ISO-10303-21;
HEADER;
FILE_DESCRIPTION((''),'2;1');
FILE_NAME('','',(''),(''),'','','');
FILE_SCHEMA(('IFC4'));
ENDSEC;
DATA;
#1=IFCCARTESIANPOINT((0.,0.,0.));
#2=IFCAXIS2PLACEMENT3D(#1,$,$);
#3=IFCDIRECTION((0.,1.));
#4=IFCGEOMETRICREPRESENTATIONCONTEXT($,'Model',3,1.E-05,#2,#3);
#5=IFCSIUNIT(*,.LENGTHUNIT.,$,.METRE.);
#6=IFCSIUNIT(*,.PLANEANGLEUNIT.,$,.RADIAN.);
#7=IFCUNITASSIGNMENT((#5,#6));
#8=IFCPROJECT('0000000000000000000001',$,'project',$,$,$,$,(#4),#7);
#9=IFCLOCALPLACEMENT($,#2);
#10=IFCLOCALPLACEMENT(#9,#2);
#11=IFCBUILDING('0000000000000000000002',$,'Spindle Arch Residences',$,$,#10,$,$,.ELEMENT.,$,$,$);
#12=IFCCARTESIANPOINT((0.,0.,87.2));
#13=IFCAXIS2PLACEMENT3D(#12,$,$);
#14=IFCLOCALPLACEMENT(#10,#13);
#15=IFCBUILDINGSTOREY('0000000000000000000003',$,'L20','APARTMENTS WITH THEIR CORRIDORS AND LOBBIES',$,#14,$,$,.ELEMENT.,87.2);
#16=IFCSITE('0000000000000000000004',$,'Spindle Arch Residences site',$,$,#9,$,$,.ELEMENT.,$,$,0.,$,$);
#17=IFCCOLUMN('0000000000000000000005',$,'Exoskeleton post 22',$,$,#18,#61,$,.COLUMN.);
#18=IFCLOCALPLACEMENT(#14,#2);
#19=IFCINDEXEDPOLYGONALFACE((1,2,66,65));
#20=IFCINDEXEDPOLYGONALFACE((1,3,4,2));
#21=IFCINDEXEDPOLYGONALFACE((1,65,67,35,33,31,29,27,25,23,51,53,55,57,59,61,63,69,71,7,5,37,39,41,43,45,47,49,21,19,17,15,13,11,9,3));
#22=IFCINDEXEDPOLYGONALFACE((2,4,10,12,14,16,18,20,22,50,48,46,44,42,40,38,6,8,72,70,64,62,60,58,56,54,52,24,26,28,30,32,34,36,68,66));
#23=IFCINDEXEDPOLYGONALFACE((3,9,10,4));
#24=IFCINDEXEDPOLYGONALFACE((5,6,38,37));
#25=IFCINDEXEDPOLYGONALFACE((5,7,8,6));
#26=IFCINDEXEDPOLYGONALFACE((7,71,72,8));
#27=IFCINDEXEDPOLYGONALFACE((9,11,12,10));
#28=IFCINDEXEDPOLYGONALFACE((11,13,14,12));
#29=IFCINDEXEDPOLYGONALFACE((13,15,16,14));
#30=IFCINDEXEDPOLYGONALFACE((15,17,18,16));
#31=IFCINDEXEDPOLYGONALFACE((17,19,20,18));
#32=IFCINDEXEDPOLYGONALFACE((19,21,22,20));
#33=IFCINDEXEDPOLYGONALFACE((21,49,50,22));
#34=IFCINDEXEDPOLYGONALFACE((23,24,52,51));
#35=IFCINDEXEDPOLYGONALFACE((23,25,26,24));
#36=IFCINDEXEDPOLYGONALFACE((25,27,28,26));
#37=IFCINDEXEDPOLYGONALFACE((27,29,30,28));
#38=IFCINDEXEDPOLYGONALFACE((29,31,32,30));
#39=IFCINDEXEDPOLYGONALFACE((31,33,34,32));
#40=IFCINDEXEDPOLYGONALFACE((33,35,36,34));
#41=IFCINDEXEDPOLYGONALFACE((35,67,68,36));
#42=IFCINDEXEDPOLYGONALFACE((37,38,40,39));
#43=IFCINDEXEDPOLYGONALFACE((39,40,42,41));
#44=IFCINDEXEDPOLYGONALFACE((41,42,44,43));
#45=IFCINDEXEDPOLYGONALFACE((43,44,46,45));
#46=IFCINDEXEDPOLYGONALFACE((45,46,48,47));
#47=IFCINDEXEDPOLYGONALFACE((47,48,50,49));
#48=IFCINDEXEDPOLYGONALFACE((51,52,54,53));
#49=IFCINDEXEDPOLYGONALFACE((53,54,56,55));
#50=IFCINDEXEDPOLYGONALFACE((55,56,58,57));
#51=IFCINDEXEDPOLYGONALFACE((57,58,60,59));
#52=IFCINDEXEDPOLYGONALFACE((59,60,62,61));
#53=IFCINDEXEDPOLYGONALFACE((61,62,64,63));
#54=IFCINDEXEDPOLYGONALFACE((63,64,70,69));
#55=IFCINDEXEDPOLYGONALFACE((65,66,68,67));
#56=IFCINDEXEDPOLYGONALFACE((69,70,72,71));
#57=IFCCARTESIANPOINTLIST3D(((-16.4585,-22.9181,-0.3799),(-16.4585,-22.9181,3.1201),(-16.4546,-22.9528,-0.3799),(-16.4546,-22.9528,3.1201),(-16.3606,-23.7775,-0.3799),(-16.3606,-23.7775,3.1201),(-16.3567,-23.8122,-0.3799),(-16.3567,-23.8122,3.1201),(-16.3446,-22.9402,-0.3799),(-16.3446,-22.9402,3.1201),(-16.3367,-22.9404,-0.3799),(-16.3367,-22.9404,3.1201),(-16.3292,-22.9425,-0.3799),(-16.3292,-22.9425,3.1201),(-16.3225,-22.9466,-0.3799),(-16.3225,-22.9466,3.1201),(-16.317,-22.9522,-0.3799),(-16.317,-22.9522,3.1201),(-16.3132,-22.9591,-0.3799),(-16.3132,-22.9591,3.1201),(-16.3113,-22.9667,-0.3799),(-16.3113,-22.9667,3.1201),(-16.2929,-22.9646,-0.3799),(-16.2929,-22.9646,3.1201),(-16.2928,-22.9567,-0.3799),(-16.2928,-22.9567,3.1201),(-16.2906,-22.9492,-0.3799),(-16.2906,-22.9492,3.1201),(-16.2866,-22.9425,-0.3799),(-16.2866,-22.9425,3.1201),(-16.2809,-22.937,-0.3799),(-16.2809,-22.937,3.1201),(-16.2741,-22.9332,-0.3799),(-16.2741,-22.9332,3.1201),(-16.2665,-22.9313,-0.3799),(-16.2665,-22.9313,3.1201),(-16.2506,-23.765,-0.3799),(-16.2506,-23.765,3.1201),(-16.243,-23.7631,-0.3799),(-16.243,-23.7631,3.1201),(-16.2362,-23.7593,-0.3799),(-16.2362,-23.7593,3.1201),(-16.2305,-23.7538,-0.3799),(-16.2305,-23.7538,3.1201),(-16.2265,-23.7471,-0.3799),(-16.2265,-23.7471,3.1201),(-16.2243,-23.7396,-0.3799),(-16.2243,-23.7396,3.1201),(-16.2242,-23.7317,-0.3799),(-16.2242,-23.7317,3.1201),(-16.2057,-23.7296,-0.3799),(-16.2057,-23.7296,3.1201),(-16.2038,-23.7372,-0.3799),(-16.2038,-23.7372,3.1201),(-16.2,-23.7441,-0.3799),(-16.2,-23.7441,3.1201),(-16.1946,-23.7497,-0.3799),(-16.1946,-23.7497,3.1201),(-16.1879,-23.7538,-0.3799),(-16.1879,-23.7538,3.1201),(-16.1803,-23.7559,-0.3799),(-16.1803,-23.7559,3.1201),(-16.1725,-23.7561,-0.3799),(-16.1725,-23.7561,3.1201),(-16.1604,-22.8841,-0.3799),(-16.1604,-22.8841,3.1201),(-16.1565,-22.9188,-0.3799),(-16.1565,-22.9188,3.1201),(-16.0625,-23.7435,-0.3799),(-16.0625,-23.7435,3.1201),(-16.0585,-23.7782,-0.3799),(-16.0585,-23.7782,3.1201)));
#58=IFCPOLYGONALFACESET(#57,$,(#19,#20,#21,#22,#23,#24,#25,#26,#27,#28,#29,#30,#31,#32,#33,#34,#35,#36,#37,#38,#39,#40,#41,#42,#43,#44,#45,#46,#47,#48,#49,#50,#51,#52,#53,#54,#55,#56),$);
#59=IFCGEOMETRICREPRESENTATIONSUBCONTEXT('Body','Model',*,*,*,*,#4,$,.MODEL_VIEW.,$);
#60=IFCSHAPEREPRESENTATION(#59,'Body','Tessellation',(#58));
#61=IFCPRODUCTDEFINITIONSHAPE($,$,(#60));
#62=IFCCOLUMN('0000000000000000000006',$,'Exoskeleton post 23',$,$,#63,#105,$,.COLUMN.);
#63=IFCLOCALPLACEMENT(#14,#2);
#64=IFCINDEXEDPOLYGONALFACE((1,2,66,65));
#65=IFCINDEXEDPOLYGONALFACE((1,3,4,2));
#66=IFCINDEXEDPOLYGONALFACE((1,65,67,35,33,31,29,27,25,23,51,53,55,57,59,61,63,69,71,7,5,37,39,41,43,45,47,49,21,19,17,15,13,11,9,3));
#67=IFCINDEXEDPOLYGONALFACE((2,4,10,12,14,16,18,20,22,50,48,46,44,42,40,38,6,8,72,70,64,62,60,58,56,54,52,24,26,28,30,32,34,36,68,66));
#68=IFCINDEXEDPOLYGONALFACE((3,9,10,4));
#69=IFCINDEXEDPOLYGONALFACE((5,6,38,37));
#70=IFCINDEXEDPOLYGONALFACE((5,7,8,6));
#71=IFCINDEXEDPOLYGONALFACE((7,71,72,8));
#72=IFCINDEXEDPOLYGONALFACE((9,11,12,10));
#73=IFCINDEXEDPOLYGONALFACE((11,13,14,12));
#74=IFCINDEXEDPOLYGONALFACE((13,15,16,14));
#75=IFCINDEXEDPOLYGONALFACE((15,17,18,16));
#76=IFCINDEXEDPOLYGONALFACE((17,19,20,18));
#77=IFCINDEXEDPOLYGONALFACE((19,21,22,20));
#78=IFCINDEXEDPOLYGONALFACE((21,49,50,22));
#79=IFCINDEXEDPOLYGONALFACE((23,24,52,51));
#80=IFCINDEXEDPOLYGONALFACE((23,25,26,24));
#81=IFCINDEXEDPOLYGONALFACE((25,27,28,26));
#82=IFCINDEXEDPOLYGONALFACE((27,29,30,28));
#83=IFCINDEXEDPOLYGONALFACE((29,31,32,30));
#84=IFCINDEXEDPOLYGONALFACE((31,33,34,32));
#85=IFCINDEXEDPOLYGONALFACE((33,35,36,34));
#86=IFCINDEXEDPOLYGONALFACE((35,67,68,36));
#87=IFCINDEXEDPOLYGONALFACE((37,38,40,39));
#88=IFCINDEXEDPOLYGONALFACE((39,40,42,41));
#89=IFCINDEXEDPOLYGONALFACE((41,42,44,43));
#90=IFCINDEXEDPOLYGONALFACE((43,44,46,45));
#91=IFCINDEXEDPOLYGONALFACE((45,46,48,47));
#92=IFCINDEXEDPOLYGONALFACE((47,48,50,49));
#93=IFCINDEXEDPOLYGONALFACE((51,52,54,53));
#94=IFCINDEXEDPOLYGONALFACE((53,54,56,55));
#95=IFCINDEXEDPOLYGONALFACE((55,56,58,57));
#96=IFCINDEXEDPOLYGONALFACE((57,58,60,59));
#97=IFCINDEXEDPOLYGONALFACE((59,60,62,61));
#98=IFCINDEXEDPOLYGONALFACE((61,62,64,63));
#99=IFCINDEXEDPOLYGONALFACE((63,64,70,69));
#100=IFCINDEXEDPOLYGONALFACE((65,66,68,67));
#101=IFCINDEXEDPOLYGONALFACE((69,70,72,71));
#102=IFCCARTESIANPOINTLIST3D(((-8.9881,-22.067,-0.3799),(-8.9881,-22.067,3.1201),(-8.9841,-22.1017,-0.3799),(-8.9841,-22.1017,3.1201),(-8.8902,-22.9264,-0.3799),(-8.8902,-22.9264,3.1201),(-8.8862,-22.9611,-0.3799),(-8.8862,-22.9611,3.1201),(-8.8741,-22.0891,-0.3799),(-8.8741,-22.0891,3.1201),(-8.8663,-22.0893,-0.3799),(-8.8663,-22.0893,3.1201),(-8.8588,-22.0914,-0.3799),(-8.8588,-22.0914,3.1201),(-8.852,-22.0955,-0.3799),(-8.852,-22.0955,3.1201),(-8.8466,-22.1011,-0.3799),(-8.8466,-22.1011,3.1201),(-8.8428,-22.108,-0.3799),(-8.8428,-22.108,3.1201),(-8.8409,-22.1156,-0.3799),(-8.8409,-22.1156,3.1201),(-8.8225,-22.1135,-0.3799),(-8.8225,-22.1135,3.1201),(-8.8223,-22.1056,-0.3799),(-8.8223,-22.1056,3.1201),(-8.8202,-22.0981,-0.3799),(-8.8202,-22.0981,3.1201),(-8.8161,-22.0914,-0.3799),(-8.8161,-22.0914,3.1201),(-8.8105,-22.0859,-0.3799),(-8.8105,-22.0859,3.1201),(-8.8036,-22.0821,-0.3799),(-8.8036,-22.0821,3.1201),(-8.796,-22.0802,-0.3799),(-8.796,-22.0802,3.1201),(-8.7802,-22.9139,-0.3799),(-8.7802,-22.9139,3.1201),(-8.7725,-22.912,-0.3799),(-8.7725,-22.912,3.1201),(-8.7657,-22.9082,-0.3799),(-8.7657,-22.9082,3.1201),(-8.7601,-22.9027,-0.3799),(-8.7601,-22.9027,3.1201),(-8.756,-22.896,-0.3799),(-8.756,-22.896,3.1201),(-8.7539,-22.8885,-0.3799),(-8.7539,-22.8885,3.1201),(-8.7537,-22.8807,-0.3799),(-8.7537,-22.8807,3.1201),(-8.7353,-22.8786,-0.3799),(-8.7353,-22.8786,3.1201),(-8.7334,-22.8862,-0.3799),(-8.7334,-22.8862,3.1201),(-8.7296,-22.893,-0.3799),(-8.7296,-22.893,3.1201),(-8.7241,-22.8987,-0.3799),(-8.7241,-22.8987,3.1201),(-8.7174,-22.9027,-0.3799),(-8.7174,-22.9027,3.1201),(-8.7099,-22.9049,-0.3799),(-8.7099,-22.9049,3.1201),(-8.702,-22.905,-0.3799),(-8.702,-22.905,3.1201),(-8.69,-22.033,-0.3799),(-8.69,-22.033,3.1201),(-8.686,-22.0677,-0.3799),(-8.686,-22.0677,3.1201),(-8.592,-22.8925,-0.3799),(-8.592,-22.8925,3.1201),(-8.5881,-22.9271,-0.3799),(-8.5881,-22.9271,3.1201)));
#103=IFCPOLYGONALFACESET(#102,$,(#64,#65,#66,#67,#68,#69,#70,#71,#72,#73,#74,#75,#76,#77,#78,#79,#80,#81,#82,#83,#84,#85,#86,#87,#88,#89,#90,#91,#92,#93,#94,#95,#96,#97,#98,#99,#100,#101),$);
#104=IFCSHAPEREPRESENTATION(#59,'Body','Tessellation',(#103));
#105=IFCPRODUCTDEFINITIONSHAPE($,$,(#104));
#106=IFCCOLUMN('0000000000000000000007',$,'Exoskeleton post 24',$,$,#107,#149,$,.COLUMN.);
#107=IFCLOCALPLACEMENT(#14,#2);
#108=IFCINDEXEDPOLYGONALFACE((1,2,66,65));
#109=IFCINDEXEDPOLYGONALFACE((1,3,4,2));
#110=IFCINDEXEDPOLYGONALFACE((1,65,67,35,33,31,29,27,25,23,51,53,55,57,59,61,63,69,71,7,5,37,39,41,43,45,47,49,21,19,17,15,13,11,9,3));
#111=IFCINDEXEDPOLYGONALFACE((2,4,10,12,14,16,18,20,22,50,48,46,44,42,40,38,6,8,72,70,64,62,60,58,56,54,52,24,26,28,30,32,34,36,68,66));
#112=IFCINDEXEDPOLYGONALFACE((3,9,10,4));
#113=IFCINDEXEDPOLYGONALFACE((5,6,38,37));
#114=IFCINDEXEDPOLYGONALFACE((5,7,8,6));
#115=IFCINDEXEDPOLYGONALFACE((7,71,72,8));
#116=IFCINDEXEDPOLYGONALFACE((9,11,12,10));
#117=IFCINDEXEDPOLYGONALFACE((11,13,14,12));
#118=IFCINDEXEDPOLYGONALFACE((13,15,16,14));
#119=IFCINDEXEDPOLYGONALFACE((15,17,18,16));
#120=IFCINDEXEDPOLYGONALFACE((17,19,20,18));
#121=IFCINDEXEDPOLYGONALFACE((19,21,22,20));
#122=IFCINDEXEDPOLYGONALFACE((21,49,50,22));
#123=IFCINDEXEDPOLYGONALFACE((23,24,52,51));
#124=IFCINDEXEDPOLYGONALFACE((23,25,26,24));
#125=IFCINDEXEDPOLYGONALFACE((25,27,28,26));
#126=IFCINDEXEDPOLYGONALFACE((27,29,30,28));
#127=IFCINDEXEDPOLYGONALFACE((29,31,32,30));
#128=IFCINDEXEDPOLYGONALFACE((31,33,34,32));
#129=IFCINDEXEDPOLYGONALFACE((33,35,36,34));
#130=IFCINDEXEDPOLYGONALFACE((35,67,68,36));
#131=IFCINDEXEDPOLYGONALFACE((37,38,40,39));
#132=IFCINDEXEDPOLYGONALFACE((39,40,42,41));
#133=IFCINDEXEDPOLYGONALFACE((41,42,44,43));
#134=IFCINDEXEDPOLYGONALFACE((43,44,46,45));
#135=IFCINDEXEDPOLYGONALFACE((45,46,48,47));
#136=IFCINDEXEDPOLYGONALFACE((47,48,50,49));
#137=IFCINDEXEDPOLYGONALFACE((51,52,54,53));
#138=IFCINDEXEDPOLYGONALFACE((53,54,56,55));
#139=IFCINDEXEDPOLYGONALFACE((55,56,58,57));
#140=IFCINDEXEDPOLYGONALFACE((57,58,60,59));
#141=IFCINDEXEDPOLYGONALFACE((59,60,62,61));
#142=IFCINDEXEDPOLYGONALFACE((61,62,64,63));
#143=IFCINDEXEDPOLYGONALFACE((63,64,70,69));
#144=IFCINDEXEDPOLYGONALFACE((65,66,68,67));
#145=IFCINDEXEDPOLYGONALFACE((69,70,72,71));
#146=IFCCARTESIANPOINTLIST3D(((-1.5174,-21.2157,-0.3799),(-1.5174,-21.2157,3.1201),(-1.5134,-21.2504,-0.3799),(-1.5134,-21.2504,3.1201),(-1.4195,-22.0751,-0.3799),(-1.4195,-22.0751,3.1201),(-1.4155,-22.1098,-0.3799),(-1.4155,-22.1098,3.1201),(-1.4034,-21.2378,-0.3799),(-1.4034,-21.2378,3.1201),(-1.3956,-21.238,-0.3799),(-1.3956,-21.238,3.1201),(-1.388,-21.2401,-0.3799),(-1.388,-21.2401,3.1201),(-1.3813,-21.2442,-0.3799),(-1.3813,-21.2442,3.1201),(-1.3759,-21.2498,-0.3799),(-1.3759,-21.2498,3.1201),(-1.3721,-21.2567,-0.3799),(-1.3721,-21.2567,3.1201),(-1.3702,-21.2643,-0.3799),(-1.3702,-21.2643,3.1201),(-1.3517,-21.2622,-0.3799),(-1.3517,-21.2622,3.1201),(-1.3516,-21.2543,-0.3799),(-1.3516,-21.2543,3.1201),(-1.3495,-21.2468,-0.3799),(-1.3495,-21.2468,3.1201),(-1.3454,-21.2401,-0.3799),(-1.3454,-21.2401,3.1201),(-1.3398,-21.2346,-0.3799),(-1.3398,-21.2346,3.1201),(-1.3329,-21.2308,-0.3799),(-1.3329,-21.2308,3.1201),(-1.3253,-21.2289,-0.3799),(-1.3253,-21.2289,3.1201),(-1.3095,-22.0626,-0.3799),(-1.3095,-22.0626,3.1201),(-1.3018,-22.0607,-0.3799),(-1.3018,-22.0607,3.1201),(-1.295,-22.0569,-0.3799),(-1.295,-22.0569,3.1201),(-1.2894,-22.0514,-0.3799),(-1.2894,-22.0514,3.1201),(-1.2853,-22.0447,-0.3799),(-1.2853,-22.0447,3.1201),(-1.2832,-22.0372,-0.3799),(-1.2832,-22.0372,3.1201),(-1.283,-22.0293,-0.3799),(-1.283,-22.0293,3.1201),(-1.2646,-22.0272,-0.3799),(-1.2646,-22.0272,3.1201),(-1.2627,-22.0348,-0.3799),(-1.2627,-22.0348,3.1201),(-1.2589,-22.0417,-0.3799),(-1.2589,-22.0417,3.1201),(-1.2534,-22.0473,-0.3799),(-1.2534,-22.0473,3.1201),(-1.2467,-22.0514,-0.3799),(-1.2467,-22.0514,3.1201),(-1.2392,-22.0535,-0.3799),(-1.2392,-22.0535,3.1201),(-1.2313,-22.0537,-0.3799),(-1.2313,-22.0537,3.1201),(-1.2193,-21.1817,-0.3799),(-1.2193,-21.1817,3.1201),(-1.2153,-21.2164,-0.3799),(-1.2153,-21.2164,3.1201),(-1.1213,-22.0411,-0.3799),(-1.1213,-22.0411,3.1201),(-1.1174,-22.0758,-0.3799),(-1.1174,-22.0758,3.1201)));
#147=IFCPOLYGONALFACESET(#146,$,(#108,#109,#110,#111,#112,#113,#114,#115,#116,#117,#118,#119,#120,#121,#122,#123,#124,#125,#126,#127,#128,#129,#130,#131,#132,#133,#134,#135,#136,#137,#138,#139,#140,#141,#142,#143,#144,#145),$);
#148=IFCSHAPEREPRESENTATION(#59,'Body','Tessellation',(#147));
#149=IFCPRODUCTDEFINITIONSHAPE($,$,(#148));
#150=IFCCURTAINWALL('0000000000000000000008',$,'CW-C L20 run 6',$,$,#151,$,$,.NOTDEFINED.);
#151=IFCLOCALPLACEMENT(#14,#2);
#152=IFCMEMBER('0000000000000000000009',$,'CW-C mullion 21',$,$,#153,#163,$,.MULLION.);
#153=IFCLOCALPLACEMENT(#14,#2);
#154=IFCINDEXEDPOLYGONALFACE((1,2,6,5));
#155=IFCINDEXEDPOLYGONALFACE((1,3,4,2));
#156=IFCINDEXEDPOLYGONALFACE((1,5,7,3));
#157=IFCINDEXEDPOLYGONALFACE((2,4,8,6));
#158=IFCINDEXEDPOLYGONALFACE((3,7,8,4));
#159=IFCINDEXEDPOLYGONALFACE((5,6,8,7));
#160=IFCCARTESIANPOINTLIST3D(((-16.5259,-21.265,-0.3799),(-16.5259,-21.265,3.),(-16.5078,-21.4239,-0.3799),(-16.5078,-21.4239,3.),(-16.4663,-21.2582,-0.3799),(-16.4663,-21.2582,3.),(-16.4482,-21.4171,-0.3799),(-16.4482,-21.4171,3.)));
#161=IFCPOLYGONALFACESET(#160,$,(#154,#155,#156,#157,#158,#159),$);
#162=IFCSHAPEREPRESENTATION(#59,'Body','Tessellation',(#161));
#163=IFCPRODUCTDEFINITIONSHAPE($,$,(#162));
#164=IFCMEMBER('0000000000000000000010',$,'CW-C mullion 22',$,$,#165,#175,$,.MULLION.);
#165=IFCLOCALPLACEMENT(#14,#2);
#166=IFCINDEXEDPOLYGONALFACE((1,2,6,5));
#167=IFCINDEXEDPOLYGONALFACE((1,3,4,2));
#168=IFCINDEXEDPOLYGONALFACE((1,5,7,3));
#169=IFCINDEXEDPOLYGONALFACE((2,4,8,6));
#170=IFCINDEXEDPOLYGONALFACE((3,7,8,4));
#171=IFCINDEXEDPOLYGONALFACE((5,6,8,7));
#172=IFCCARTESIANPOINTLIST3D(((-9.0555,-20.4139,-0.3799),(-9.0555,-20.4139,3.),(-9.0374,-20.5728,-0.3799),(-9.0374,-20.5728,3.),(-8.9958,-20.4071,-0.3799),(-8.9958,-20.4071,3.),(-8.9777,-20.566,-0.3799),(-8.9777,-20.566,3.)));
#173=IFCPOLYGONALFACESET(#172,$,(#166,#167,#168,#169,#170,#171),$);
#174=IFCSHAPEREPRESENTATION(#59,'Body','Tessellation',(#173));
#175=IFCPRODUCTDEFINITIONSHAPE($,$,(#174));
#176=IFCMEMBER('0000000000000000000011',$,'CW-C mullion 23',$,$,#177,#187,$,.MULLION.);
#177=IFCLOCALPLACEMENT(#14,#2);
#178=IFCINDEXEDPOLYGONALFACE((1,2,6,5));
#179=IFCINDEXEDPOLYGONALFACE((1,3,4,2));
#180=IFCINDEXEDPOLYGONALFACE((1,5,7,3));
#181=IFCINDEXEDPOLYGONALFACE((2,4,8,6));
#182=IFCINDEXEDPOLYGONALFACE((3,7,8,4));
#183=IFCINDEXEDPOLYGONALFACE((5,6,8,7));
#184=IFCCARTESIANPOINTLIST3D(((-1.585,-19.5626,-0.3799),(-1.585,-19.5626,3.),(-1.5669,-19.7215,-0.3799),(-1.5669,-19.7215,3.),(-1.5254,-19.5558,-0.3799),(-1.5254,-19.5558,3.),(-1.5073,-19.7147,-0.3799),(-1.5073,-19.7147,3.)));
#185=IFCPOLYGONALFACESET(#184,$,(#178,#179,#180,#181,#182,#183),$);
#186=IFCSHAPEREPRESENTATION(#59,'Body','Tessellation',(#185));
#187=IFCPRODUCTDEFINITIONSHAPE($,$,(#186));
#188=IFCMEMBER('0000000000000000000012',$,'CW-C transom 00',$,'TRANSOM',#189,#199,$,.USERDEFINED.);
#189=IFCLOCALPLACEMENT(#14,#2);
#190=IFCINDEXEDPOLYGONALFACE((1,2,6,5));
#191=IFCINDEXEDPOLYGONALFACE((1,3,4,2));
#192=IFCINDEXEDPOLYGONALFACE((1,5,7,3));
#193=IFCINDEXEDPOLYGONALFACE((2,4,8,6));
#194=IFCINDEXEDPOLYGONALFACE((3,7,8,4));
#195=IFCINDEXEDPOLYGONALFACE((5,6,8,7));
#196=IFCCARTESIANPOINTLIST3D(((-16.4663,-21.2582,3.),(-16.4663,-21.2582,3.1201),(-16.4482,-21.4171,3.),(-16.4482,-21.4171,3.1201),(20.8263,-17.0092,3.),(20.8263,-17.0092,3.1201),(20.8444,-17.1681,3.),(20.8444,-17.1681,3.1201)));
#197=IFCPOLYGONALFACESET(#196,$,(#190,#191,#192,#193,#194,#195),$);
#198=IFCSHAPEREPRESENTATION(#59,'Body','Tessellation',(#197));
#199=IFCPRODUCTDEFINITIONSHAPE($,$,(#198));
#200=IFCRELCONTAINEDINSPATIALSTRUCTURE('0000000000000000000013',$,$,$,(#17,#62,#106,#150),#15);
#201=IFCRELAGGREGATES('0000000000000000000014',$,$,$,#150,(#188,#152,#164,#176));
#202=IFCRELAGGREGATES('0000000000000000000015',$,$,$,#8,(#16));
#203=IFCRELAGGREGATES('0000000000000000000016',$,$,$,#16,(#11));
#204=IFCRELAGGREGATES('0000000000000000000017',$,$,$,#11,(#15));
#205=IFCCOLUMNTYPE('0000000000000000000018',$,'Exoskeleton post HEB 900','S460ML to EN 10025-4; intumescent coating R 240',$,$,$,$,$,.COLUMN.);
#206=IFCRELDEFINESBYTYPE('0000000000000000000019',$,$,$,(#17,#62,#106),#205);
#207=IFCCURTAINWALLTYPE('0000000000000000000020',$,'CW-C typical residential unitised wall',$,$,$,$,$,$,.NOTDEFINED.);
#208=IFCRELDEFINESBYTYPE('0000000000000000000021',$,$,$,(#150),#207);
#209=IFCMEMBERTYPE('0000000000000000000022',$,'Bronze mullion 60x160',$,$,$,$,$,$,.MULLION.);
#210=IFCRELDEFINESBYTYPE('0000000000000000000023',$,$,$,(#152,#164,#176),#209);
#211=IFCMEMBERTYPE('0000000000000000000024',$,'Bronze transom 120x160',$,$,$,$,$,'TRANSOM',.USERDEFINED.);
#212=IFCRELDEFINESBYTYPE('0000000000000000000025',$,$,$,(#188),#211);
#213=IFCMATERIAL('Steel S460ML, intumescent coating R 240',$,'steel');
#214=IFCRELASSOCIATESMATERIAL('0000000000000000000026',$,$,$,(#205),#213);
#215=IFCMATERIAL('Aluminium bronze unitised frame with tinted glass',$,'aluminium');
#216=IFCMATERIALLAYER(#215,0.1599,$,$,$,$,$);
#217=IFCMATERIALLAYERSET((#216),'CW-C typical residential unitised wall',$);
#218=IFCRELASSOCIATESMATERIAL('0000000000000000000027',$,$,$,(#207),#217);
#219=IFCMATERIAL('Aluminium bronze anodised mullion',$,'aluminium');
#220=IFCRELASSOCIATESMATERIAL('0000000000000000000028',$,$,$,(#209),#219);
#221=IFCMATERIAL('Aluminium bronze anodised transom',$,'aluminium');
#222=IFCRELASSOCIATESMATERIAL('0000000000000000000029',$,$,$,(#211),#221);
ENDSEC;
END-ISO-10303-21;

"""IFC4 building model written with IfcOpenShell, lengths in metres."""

from ifc_helpers import new_model, si_unit, direction, frame, origin, origin_2d, place, context, subcontext, project, spatial, rectangle, i_section, extrude, material, layer, layer_set, material_profile, profile_set, type_object, element, aggregate, save


model = new_model("IFC4")

# Units and contexts
model_context = context("Model", 3, precision=1e-05, world=origin(), true_north=direction((0.0, 1.0)))
body_context = subcontext(model_context, "Body", "Model", "MODEL_VIEW")
ifc_project = project(units=[si_unit("LENGTHUNIT", "METRE"), si_unit("PLANEANGLEUNIT", "RADIAN")], contexts=[model_context])

# Site, building, storey
site_placement = place(None, origin())
site = spatial("IfcSite", under=ifc_project, at=site_placement, Name="Spindle Arch Residences site", CompositionType="ELEMENT", RefElevation=0.0)
building_placement = place(site_placement, origin())
building = spatial("IfcBuilding", under=site, at=building_placement, Name="Spindle Arch Residences", CompositionType="ELEMENT")
storey_placement = place(building_placement, frame((0.0, 0.0, 87.2)))
storey = spatial("IfcBuildingStorey", under=building, at=storey_placement, Name="L20", Description="APARTMENTS WITH THEIR CORRIDORS AND LOBBIES", CompositionType="ELEMENT", Elevation=87.2)

# Columns
ifc_material_1 = material(Name="Steel S460ML, intumescent coating R 240", Category="steel")
ifc_material_profile_1 = material_profile(ifc_material_1, i_section(OverallWidth=0.3, OverallDepth=0.8999, WebThickness=0.0186, FlangeThickness=0.0349, FilletRadius=0.03, at=origin_2d()), Name="HEB 900")
ifc_profile_set_1 = profile_set([ifc_material_profile_1], Name="Steel S460ML, intumescent coating R 240")
column_type = type_object("IfcColumnType", Name="Exoskeleton post HEB 900", Description="S460ML to EN 10025-4; intumescent coating R 240", PredefinedType="COLUMN", material=ifc_profile_set_1)
for number, where, z_axis, x_axis, name in (
    (1, (-16.2585, -23.3481, -0.3799), (0.0, 0.0, 1.0), (-0.993572, -0.113203, 0.0), "Exoskeleton post 22"),
    (2, (-8.7881, -22.4971, -0.3799), (0.0, 0.0, 1.0), (-0.993572, -0.113203, 0.0), "Exoskeleton post 23"),
    (3, (-1.3174, -21.6458, -0.3799), (0.0, 0.0, 1.0), (-0.993572, -0.113203, 0.0), "Exoskeleton post 24"),
):
    element("IfcColumn", number, at=place(storey_placement, frame(where, z_axis=z_axis, x_axis=x_axis)), inside=storey, type_object=column_type, Name=name, PredefinedType="COLUMN", context=body_context, shape_type="SweptSolid", body=[
        extrude(i_section(OverallWidth=0.3, OverallDepth=0.8999, WebThickness=0.0186, FlangeThickness=0.0349, FilletRadius=0.03, at=origin_2d()), origin(), (0.0, 0.0, 1.0), 3.5),
    ])

# Curtain wall, members
ifc_material_2 = material(Name="Aluminium bronze unitised frame with tinted glass", Category="aluminium")
ifc_layer_1 = layer(ifc_material_2, 0.1599)
ifc_layer_set_1 = layer_set([ifc_layer_1], Name="CW-C typical residential unitised wall")
curtain_wall_type = type_object("IfcCurtainWallType", Name="CW-C typical residential unitised wall", PredefinedType="NOTDEFINED", material=ifc_layer_set_1)
curtain_wall_placement = place(storey_placement, origin())
curtain_wall = element("IfcCurtainWall", 4, at=curtain_wall_placement, inside=storey, type_object=curtain_wall_type, Name="CW-C L20 run 6", PredefinedType="NOTDEFINED")
ifc_material_3 = material(Name="Aluminium bronze anodised mullion", Category="aluminium")
ifc_material_profile_2 = material_profile(ifc_material_3, rectangle(XDim=0.1599, YDim=0.0601, at=origin_2d()), Name="MU 60x160")
ifc_profile_set_2 = profile_set([ifc_material_profile_2], Name="Aluminium bronze anodised mullion")
member_type_1 = type_object("IfcMemberType", Name="Bronze mullion 60x160", PredefinedType="MULLION", material=ifc_profile_set_2)
member_1_placement = place(storey_placement, frame((-16.4871, -21.3411, -0.3799), z_axis=(0.0, 0.0, 1.0), x_axis=(-0.113203, 0.993572, 0.0)))
member_1 = element("IfcMember", 5, at=member_1_placement, type_object=member_type_1, Name="CW-C mullion 21", PredefinedType="MULLION", context=body_context, shape_type="SweptSolid", body=[
    extrude(rectangle(XDim=0.1599, YDim=0.0601, at=origin_2d()), origin(), (0.0, 0.0, 1.0), 3.3799),
])
member_2_placement = place(storey_placement, frame((-9.0166, -20.49, -0.3799), z_axis=(0.0, 0.0, 1.0), x_axis=(-0.113203, 0.993572, 0.0)))
member_2 = element("IfcMember", 6, at=member_2_placement, type_object=member_type_1, Name="CW-C mullion 22", PredefinedType="MULLION", context=body_context, shape_type="SweptSolid", body=[
    extrude(rectangle(XDim=0.1599, YDim=0.0601, at=origin_2d()), origin(), (0.0, 0.0, 1.0), 3.3799),
])
member_3_placement = place(storey_placement, frame((-1.5461, -19.6387, -0.3799), z_axis=(0.0, 0.0, 1.0), x_axis=(-0.113203, 0.993572, 0.0)))
member_3 = element("IfcMember", 7, at=member_3_placement, type_object=member_type_1, Name="CW-C mullion 23", PredefinedType="MULLION", context=body_context, shape_type="SweptSolid", body=[
    extrude(rectangle(XDim=0.1599, YDim=0.0601, at=origin_2d()), origin(), (0.0, 0.0, 1.0), 3.3799),
])
ifc_material_4 = material(Name="Aluminium bronze anodised transom", Category="aluminium")
ifc_material_profile_3 = material_profile(ifc_material_4, rectangle(XDim=0.1599, YDim=0.1201, at=origin_2d()), Name="TR 120x160")
ifc_profile_set_3 = profile_set([ifc_material_profile_3], Name="Aluminium bronze anodised transom")
member_type_2 = type_object("IfcMemberType", Name="Bronze transom 120x160", ElementType="TRANSOM", PredefinedType="USERDEFINED", material=ifc_profile_set_3)
member_4_placement = place(storey_placement, frame((-16.4573, -21.3376, 3.0601), z_axis=(0.993572, 0.113205, 0.0), x_axis=(-0.113205, 0.993572, 0.0)))
member_4 = element("IfcMember", 8, at=member_4_placement, type_object=member_type_2, Name="CW-C transom 00", ObjectType="TRANSOM", PredefinedType="USERDEFINED", context=body_context, shape_type="SweptSolid", body=[
    extrude(rectangle(XDim=0.1599, YDim=0.1201, at=origin_2d()), origin(), (0.0, 0.0, 1.0), 37.5339),
])

aggregate(curtain_wall, [member_4, member_1, member_2, member_3])

save(model, "model.ifc")
